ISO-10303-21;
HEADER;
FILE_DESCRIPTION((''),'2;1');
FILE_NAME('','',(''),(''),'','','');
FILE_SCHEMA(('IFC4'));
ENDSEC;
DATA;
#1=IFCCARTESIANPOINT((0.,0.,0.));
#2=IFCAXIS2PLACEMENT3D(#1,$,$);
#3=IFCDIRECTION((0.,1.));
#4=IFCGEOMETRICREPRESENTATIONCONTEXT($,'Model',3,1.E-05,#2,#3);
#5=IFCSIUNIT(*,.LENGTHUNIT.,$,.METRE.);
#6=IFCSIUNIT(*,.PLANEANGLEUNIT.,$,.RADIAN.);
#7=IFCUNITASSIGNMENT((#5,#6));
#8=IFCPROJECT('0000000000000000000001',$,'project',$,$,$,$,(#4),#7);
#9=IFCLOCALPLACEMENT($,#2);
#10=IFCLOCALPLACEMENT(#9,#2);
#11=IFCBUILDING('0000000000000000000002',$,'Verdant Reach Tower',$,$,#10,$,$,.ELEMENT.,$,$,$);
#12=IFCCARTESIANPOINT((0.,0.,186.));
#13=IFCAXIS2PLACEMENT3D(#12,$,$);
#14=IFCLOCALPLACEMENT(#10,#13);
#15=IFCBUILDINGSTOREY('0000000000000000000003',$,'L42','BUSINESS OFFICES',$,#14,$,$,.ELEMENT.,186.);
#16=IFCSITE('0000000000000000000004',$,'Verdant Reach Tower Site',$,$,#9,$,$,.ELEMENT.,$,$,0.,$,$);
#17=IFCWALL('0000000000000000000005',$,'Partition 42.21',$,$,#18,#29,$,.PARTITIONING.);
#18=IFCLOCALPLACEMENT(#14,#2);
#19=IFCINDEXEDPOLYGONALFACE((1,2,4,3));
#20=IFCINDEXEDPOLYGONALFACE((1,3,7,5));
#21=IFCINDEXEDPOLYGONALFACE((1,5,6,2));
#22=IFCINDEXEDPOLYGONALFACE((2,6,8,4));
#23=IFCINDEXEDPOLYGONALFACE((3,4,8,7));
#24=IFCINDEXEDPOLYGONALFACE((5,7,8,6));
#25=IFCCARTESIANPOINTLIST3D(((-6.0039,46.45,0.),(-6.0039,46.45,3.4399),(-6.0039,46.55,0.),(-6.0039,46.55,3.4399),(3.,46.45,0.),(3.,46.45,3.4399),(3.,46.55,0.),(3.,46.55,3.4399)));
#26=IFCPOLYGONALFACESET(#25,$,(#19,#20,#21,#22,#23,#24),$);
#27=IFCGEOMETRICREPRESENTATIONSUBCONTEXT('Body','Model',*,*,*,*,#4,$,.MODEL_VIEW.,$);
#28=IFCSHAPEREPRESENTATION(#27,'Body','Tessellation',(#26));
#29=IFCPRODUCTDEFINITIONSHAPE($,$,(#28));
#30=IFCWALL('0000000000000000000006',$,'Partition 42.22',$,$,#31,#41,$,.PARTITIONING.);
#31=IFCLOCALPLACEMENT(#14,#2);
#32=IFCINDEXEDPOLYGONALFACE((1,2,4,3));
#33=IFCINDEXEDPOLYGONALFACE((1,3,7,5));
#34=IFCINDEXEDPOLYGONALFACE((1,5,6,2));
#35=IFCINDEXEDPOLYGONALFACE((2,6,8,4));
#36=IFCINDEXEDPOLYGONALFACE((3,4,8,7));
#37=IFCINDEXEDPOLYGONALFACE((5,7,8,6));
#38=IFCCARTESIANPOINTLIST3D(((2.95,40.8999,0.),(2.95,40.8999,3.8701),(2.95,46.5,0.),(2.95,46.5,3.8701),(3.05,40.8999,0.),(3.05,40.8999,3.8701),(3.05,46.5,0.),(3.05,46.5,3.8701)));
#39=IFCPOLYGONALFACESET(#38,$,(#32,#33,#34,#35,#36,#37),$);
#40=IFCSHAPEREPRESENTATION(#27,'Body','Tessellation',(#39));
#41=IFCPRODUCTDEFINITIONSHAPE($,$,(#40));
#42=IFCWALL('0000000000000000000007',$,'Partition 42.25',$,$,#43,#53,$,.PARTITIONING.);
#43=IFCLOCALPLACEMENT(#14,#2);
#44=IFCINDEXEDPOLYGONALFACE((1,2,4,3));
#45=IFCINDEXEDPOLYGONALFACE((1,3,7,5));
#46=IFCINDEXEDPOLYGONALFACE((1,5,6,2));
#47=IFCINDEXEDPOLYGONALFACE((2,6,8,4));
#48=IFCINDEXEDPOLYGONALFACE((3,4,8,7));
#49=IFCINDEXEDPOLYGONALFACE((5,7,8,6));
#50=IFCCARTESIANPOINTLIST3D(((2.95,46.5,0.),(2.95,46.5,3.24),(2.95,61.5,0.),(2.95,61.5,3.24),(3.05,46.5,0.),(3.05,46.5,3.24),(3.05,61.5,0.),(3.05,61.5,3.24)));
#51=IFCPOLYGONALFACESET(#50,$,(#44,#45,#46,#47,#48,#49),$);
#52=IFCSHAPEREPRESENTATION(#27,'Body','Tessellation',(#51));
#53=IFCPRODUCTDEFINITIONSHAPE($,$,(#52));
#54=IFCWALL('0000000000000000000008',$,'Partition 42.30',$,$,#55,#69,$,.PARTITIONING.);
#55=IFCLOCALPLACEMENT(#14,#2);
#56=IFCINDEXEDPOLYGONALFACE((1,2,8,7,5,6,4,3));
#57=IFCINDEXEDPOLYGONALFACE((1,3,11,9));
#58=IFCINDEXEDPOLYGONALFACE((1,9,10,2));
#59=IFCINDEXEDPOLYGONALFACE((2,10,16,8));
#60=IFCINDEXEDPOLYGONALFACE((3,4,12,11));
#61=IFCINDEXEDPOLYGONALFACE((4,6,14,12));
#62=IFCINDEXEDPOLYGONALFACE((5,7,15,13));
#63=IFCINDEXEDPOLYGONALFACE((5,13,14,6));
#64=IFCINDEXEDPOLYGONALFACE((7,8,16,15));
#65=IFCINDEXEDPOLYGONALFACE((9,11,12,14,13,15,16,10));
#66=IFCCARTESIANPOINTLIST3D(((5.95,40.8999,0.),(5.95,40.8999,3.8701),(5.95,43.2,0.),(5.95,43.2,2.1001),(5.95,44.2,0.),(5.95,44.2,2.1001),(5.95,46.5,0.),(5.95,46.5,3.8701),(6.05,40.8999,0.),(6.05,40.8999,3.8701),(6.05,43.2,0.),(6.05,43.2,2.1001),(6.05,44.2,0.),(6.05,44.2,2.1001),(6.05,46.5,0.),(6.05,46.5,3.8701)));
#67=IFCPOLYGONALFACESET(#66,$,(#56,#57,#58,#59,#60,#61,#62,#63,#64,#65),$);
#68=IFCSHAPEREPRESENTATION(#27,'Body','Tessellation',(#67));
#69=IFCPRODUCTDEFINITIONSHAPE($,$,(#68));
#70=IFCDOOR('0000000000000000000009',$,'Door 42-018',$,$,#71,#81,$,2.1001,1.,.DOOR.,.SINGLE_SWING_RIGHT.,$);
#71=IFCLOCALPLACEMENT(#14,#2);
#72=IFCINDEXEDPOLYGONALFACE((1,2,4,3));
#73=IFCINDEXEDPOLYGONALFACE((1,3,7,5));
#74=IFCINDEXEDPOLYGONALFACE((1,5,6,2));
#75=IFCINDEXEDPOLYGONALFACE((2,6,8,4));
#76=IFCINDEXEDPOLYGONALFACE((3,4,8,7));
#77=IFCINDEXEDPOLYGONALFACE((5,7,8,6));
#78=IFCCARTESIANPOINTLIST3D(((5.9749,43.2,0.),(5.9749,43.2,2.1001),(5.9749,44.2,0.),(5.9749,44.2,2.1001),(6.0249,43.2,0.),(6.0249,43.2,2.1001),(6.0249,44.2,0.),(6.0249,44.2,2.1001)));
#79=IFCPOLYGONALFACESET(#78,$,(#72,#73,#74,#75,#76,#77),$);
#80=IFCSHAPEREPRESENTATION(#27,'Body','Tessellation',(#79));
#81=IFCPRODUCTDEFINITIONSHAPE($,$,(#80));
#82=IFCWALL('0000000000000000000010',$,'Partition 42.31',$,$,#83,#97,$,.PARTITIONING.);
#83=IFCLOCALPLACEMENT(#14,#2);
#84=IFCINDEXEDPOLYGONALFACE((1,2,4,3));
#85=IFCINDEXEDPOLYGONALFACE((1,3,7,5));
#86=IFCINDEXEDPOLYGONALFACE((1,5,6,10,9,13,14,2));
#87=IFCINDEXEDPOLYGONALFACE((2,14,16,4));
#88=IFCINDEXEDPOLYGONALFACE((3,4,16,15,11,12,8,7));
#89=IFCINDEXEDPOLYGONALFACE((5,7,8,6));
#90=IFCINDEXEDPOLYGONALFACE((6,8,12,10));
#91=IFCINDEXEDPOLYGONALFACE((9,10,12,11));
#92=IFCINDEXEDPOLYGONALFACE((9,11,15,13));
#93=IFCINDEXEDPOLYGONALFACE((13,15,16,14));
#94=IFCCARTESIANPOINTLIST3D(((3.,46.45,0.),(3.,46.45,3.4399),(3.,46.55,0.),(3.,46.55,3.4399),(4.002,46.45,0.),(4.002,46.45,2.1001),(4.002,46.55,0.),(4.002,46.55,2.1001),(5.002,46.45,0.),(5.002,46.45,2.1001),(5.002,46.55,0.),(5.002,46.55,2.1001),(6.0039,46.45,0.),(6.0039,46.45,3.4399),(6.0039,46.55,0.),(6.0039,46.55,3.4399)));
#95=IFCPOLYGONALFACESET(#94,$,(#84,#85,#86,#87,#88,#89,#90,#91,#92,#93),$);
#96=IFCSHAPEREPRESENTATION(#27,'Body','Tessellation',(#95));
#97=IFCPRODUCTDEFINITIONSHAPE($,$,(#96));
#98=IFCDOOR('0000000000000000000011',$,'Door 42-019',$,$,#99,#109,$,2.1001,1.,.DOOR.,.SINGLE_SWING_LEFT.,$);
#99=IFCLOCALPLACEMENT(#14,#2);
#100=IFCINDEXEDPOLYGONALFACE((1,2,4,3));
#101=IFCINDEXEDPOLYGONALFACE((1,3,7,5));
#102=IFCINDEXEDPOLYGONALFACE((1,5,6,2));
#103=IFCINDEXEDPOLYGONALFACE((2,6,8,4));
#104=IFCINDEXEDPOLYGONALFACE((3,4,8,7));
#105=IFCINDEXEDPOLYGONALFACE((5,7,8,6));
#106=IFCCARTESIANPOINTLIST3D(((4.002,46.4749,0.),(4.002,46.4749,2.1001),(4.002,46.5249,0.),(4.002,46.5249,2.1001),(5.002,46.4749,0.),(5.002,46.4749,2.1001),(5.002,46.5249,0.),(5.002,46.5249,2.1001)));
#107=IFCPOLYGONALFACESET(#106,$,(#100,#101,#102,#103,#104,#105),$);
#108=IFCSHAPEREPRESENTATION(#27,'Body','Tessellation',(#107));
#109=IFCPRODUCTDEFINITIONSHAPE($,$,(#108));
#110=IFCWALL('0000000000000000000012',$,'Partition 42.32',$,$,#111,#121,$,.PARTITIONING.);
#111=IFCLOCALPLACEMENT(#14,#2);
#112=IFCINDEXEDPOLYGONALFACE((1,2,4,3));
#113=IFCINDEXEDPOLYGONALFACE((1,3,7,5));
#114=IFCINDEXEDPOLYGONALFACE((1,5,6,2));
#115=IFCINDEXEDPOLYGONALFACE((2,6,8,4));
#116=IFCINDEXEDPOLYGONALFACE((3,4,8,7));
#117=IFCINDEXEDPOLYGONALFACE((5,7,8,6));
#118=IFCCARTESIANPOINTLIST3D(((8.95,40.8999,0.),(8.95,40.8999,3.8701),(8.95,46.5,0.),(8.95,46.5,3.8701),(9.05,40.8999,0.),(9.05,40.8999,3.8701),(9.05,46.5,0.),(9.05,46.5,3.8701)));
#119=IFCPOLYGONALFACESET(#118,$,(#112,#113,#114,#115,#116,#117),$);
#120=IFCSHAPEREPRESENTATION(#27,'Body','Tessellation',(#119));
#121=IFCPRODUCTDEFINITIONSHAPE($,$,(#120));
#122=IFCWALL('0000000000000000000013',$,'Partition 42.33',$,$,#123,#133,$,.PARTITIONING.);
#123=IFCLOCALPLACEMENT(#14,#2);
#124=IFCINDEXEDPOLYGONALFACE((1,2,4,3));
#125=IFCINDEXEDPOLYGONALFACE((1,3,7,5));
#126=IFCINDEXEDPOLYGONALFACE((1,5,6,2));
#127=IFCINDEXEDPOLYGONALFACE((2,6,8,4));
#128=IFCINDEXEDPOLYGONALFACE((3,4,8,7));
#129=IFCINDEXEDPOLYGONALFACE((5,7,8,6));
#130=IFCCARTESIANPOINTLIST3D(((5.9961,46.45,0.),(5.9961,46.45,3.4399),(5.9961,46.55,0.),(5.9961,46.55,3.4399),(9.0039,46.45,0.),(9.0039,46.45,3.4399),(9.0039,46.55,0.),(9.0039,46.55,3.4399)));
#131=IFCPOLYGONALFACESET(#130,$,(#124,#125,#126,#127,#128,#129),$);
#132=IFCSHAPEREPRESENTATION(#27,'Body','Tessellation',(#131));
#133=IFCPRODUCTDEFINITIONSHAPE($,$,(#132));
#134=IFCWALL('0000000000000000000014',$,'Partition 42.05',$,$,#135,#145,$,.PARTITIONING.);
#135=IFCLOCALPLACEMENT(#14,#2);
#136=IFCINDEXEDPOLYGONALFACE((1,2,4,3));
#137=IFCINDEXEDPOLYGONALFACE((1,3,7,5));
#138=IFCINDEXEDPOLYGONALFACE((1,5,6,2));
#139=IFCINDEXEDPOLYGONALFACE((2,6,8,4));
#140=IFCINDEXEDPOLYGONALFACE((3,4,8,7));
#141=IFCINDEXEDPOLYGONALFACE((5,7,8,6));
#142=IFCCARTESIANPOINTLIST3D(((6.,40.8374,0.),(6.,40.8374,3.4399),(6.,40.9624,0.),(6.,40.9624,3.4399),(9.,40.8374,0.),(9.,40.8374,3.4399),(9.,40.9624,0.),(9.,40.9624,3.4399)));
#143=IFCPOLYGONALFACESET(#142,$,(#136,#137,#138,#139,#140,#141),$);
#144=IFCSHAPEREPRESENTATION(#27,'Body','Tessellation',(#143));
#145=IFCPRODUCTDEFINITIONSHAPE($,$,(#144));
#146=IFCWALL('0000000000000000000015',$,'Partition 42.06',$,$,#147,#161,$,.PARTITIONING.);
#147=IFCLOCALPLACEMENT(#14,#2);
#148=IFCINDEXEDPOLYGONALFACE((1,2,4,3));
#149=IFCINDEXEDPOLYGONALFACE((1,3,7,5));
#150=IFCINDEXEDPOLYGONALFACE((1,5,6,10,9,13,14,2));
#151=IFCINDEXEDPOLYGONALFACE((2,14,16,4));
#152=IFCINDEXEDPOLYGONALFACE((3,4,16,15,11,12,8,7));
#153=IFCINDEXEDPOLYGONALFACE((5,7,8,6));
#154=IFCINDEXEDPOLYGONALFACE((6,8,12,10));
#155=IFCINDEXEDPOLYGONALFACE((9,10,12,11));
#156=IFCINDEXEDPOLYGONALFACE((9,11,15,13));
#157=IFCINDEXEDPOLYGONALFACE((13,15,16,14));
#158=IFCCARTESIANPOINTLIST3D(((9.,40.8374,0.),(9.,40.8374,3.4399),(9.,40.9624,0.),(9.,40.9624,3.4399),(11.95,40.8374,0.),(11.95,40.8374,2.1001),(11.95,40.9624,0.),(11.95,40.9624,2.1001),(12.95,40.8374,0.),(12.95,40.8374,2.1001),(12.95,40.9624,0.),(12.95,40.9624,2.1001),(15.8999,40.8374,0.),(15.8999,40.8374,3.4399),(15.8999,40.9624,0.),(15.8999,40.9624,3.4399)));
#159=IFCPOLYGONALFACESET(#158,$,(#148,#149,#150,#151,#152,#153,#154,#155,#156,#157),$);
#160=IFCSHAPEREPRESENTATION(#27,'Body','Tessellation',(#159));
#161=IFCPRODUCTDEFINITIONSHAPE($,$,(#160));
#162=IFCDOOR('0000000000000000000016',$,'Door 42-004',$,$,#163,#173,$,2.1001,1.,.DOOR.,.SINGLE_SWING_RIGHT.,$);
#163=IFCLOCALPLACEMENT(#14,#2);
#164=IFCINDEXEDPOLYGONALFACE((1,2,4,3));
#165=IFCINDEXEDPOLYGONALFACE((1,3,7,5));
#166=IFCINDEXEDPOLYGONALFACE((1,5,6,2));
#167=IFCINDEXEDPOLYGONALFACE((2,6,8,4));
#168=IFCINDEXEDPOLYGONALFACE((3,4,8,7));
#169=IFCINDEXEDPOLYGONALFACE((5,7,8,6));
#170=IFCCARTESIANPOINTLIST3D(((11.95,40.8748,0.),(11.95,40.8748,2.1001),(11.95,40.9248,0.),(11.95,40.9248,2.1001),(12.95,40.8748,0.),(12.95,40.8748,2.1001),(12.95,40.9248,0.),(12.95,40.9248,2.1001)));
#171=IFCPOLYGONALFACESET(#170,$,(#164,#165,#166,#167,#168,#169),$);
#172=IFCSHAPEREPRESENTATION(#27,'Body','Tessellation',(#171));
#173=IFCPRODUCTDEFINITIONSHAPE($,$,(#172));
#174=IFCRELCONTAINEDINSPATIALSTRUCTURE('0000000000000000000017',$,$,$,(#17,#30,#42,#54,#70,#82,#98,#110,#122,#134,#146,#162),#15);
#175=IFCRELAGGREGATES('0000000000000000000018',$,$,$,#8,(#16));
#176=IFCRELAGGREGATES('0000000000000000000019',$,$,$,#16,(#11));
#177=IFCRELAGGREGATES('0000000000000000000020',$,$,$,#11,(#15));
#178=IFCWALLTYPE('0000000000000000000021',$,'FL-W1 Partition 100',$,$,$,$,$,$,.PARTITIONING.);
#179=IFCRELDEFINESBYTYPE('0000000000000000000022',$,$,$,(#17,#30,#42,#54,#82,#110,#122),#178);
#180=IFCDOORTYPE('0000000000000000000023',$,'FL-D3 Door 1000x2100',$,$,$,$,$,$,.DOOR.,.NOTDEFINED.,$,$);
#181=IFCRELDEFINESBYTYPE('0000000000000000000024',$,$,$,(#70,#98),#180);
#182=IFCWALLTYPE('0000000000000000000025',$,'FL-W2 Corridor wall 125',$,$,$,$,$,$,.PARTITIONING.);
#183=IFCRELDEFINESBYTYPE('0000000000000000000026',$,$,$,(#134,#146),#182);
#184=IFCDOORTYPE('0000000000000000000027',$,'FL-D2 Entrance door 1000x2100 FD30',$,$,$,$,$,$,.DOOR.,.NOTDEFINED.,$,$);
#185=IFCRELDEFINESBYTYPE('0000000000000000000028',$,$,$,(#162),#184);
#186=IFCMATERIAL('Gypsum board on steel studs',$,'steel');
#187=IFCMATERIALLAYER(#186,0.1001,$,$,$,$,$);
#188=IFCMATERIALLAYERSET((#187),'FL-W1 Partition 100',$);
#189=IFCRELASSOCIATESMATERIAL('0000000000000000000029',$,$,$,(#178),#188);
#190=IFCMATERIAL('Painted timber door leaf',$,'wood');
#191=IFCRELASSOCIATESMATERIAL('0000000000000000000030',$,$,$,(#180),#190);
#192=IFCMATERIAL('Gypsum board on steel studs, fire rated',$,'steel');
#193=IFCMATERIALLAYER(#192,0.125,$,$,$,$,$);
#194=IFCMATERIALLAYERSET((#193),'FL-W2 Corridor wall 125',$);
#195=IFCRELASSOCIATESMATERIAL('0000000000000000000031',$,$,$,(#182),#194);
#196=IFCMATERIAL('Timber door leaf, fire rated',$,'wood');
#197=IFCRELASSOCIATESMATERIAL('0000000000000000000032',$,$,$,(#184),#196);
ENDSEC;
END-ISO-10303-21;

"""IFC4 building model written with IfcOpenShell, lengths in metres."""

from ifc_helpers import new_model, si_unit, direction, frame, frame_2d, origin, place, context, subcontext, project, spatial, rectangle, extrude, material, layer, layer_set, type_object, element, fill, save


model = new_model("IFC4")

# Units and contexts
model_context = context("Model", 3, precision=1e-05, world=origin(), true_north=direction((0.0, 1.0)))
body_context = subcontext(model_context, "Body", "Model", "MODEL_VIEW")
ifc_project = project(units=[si_unit("LENGTHUNIT", "METRE"), si_unit("PLANEANGLEUNIT", "RADIAN")], contexts=[model_context])

# Site, building, storey
site_placement = place(None, origin())
site = spatial("IfcSite", under=ifc_project, at=site_placement, Name="Verdant Reach Tower Site", CompositionType="ELEMENT", RefElevation=0.0)
building_placement = place(site_placement, origin())
building = spatial("IfcBuilding", under=site, at=building_placement, Name="Verdant Reach Tower", CompositionType="ELEMENT")
storey_placement = place(building_placement, frame((0.0, 0.0, 186.0)))
storey = spatial("IfcBuildingStorey", under=building, at=storey_placement, Name="L42", Description="BUSINESS OFFICES", CompositionType="ELEMENT", Elevation=186.0)

# Walls
ifc_material_1 = material(Name="Gypsum board on steel studs", Category="steel")
ifc_layer_1 = layer(ifc_material_1, 0.1001)
ifc_layer_set_1 = layer_set([ifc_layer_1], Name="FL-W1 Partition 100")
wall_type_1 = type_object("IfcWallType", Name="FL-W1 Partition 100", PredefinedType="PARTITIONING", material=ifc_layer_set_1)
wall_1_placement = place(storey_placement, frame((3.0, 46.5, 0.0), z_axis=(0.0, 0.0, 1.0), x_axis=(-1.0, 0.0, 0.0)))
element("IfcWall", 1, at=wall_1_placement, inside=storey, type_object=wall_type_1, Name="Partition 42.21", PredefinedType="PARTITIONING", context=body_context, shape_type="SweptSolid", body=[
    extrude(rectangle(XDim=9.0039, YDim=0.1001, at=frame_2d((4.502, 0.0))), origin(), (0.0, 0.0, 1.0), 3.4399),
])
wall_2_placement = place(storey_placement, frame((3.0, 40.8999, 0.0), z_axis=(0.0, 0.0, 1.0), x_axis=(0.0, 1.0, 0.0)))
element("IfcWall", 2, at=wall_2_placement, inside=storey, type_object=wall_type_1, Name="Partition 42.22", PredefinedType="PARTITIONING", context=body_context, shape_type="SweptSolid", body=[
    extrude(rectangle(XDim=5.6001, YDim=0.1001, at=frame_2d((2.8, 0.0))), origin(), (0.0, 0.0, 1.0), 3.8701),
])
wall_3_placement = place(storey_placement, frame((3.0, 46.5, 0.0), z_axis=(0.0, 0.0, 1.0), x_axis=(0.0, 1.0, 0.0)))
element("IfcWall", 3, at=wall_3_placement, inside=storey, type_object=wall_type_1, Name="Partition 42.25", PredefinedType="PARTITIONING", context=body_context, shape_type="SweptSolid", body=[
    extrude(rectangle(XDim=15.0, YDim=0.1001, at=frame_2d((7.5, 0.0))), origin(), (0.0, 0.0, 1.0), 3.24),
])

# Walls, openings, doors
wall_4_placement = place(storey_placement, frame((6.0, 46.5, 0.0), z_axis=(0.0, 0.0, 1.0), x_axis=(0.0, -1.0, 0.0)))
wall_4 = element("IfcWall", 4, at=wall_4_placement, inside=storey, type_object=wall_type_1, Name="Partition 42.30", PredefinedType="PARTITIONING", context=body_context, shape_type="SweptSolid", body=[
    extrude(rectangle(XDim=5.6001, YDim=0.1001, at=frame_2d((2.8, 0.0))), origin(), (0.0, 0.0, 1.0), 3.8701),
])
opening_1_placement = place(wall_4_placement, frame((2.3, 0.0, 0.0)))
opening_1 = element("IfcOpeningElement", 5, at=opening_1_placement, cuts=wall_4, PredefinedType="OPENING", context=body_context, shape_type="SweptSolid", body=[
    extrude(rectangle(XDim=1.0, YDim=2.1001, at=frame_2d((0.5, 1.05))), frame((0.0, 0.0601, 0.0), z_axis=(0.0, -1.0, 0.0), x_axis=(1.0, 0.0, 0.0)), (0.0, 0.0, 1.0), 0.1201),
])
ifc_material_2 = material(Name="Painted timber door leaf", Category="wood")
door_type_1 = type_object("IfcDoorType", Name="FL-D3 Door 1000x2100", OperationType="NOTDEFINED", PredefinedType="DOOR", material=ifc_material_2)
door_1_placement = place(opening_1_placement, origin())
door_1 = element("IfcDoor", 6, at=door_1_placement, inside=storey, type_object=door_type_1, Name="Door 42-018", OperationType="SINGLE_SWING_RIGHT", OverallHeight=2.1001, OverallWidth=1.0, PredefinedType="DOOR", context=body_context, shape_type="SweptSolid", body=[
    extrude(rectangle(XDim=1.0, YDim=2.1001, at=frame_2d((0.5, 1.05))), frame((0.0, 0.0249, 0.0), z_axis=(0.0, -1.0, 0.0), x_axis=(1.0, 0.0, 0.0)), (0.0, 0.0, 1.0), 0.05),
])
fill(opening_1, door_1)
wall_5_placement = place(storey_placement, frame((3.0, 46.5, 0.0), z_axis=(0.0, 0.0, 1.0), x_axis=(1.0, 0.0, 0.0)))
wall_5 = element("IfcWall", 7, at=wall_5_placement, inside=storey, type_object=wall_type_1, Name="Partition 42.31", PredefinedType="PARTITIONING", context=body_context, shape_type="SweptSolid", body=[
    extrude(rectangle(XDim=3.0039, YDim=0.1001, at=frame_2d((1.502, 0.0))), origin(), (0.0, 0.0, 1.0), 3.4399),
])
opening_2_placement = place(wall_5_placement, frame((1.002, 0.0, 0.0)))
opening_2 = element("IfcOpeningElement", 8, at=opening_2_placement, cuts=wall_5, PredefinedType="OPENING", context=body_context, shape_type="SweptSolid", body=[
    extrude(rectangle(XDim=1.0, YDim=2.1001, at=frame_2d((0.5, 1.05))), frame((0.0, 0.0601, 0.0), z_axis=(0.0, -1.0, 0.0), x_axis=(1.0, 0.0, 0.0)), (0.0, 0.0, 1.0), 0.1201),
])
door_2_placement = place(opening_2_placement, origin())
door_2 = element("IfcDoor", 9, at=door_2_placement, inside=storey, type_object=door_type_1, Name="Door 42-019", OperationType="SINGLE_SWING_LEFT", OverallHeight=2.1001, OverallWidth=1.0, PredefinedType="DOOR", context=body_context, shape_type="SweptSolid", body=[
    extrude(rectangle(XDim=1.0, YDim=2.1001, at=frame_2d((0.5, 1.05))), frame((0.0, 0.0249, 0.0), z_axis=(0.0, -1.0, 0.0), x_axis=(1.0, 0.0, 0.0)), (0.0, 0.0, 1.0), 0.05),
])
fill(opening_2, door_2)

# Walls
wall_6_placement = place(storey_placement, frame((9.0, 40.8999, 0.0), z_axis=(0.0, 0.0, 1.0), x_axis=(0.0, 1.0, 0.0)))
element("IfcWall", 10, at=wall_6_placement, inside=storey, type_object=wall_type_1, Name="Partition 42.32", PredefinedType="PARTITIONING", context=body_context, shape_type="SweptSolid", body=[
    extrude(rectangle(XDim=5.6001, YDim=0.1001, at=frame_2d((2.8, 0.0))), origin(), (0.0, 0.0, 1.0), 3.8701),
])
wall_7_placement = place(storey_placement, frame((9.0039, 46.5, 0.0), z_axis=(0.0, 0.0, 1.0), x_axis=(-1.0, 0.0, 0.0)))
element("IfcWall", 11, at=wall_7_placement, inside=storey, type_object=wall_type_1, Name="Partition 42.33", PredefinedType="PARTITIONING", context=body_context, shape_type="SweptSolid", body=[
    extrude(rectangle(XDim=3.0078, YDim=0.1001, at=frame_2d((1.5039, 0.0))), origin(), (0.0, 0.0, 1.0), 3.4399),
])
ifc_material_3 = material(Name="Gypsum board on steel studs, fire rated", Category="steel")
ifc_layer_2 = layer(ifc_material_3, 0.125)
ifc_layer_set_2 = layer_set([ifc_layer_2], Name="FL-W2 Corridor wall 125")
wall_type_2 = type_object("IfcWallType", Name="FL-W2 Corridor wall 125", PredefinedType="PARTITIONING", material=ifc_layer_set_2)
wall_8_placement = place(storey_placement, frame((9.0, 40.8999, 0.0), z_axis=(0.0, 0.0, 1.0), x_axis=(-1.0, 0.0, 0.0)))
element("IfcWall", 12, at=wall_8_placement, inside=storey, type_object=wall_type_2, Name="Partition 42.05", PredefinedType="PARTITIONING", context=body_context, shape_type="SweptSolid", body=[
    extrude(rectangle(XDim=3.0, YDim=0.125, at=frame_2d((1.5, 0.0))), origin(), (0.0, 0.0, 1.0), 3.4399),
])

# Wall, opening, door
wall_9_placement = place(storey_placement, frame((9.0, 40.8999, 0.0), z_axis=(0.0, 0.0, 1.0), x_axis=(1.0, 0.0, 0.0)))
wall_9 = element("IfcWall", 13, at=wall_9_placement, inside=storey, type_object=wall_type_2, Name="Partition 42.06", PredefinedType="PARTITIONING", context=body_context, shape_type="SweptSolid", body=[
    extrude(rectangle(XDim=6.8999, YDim=0.125, at=frame_2d((3.45, 0.0))), origin(), (0.0, 0.0, 1.0), 3.4399),
])
opening_3_placement = place(wall_9_placement, frame((2.95, 0.0, 0.0)))
opening_3 = element("IfcOpeningElement", 14, at=opening_3_placement, cuts=wall_9, PredefinedType="OPENING", context=body_context, shape_type="SweptSolid", body=[
    extrude(rectangle(XDim=1.0, YDim=2.1001, at=frame_2d((0.5, 1.05))), frame((0.0, 0.0725, 0.0), z_axis=(0.0, -1.0, 0.0), x_axis=(1.0, 0.0, 0.0)), (0.0, 0.0, 1.0), 0.145),
])
ifc_material_4 = material(Name="Timber door leaf, fire rated", Category="wood")
door_type_2 = type_object("IfcDoorType", Name="FL-D2 Entrance door 1000x2100 FD30", OperationType="NOTDEFINED", PredefinedType="DOOR", material=ifc_material_4)
door_3_placement = place(opening_3_placement, origin())
door_3 = element("IfcDoor", 15, at=door_3_placement, inside=storey, type_object=door_type_2, Name="Door 42-004", OperationType="SINGLE_SWING_RIGHT", OverallHeight=2.1001, OverallWidth=1.0, PredefinedType="DOOR", context=body_context, shape_type="SweptSolid", body=[
    extrude(rectangle(XDim=1.0, YDim=2.1001, at=frame_2d((0.5, 1.05))), frame((0.0, 0.0249, 0.0), z_axis=(0.0, -1.0, 0.0), x_axis=(1.0, 0.0, 0.0)), (0.0, 0.0, 1.0), 0.05),
])
fill(opening_3, door_3)

save(model, "model.ifc")
